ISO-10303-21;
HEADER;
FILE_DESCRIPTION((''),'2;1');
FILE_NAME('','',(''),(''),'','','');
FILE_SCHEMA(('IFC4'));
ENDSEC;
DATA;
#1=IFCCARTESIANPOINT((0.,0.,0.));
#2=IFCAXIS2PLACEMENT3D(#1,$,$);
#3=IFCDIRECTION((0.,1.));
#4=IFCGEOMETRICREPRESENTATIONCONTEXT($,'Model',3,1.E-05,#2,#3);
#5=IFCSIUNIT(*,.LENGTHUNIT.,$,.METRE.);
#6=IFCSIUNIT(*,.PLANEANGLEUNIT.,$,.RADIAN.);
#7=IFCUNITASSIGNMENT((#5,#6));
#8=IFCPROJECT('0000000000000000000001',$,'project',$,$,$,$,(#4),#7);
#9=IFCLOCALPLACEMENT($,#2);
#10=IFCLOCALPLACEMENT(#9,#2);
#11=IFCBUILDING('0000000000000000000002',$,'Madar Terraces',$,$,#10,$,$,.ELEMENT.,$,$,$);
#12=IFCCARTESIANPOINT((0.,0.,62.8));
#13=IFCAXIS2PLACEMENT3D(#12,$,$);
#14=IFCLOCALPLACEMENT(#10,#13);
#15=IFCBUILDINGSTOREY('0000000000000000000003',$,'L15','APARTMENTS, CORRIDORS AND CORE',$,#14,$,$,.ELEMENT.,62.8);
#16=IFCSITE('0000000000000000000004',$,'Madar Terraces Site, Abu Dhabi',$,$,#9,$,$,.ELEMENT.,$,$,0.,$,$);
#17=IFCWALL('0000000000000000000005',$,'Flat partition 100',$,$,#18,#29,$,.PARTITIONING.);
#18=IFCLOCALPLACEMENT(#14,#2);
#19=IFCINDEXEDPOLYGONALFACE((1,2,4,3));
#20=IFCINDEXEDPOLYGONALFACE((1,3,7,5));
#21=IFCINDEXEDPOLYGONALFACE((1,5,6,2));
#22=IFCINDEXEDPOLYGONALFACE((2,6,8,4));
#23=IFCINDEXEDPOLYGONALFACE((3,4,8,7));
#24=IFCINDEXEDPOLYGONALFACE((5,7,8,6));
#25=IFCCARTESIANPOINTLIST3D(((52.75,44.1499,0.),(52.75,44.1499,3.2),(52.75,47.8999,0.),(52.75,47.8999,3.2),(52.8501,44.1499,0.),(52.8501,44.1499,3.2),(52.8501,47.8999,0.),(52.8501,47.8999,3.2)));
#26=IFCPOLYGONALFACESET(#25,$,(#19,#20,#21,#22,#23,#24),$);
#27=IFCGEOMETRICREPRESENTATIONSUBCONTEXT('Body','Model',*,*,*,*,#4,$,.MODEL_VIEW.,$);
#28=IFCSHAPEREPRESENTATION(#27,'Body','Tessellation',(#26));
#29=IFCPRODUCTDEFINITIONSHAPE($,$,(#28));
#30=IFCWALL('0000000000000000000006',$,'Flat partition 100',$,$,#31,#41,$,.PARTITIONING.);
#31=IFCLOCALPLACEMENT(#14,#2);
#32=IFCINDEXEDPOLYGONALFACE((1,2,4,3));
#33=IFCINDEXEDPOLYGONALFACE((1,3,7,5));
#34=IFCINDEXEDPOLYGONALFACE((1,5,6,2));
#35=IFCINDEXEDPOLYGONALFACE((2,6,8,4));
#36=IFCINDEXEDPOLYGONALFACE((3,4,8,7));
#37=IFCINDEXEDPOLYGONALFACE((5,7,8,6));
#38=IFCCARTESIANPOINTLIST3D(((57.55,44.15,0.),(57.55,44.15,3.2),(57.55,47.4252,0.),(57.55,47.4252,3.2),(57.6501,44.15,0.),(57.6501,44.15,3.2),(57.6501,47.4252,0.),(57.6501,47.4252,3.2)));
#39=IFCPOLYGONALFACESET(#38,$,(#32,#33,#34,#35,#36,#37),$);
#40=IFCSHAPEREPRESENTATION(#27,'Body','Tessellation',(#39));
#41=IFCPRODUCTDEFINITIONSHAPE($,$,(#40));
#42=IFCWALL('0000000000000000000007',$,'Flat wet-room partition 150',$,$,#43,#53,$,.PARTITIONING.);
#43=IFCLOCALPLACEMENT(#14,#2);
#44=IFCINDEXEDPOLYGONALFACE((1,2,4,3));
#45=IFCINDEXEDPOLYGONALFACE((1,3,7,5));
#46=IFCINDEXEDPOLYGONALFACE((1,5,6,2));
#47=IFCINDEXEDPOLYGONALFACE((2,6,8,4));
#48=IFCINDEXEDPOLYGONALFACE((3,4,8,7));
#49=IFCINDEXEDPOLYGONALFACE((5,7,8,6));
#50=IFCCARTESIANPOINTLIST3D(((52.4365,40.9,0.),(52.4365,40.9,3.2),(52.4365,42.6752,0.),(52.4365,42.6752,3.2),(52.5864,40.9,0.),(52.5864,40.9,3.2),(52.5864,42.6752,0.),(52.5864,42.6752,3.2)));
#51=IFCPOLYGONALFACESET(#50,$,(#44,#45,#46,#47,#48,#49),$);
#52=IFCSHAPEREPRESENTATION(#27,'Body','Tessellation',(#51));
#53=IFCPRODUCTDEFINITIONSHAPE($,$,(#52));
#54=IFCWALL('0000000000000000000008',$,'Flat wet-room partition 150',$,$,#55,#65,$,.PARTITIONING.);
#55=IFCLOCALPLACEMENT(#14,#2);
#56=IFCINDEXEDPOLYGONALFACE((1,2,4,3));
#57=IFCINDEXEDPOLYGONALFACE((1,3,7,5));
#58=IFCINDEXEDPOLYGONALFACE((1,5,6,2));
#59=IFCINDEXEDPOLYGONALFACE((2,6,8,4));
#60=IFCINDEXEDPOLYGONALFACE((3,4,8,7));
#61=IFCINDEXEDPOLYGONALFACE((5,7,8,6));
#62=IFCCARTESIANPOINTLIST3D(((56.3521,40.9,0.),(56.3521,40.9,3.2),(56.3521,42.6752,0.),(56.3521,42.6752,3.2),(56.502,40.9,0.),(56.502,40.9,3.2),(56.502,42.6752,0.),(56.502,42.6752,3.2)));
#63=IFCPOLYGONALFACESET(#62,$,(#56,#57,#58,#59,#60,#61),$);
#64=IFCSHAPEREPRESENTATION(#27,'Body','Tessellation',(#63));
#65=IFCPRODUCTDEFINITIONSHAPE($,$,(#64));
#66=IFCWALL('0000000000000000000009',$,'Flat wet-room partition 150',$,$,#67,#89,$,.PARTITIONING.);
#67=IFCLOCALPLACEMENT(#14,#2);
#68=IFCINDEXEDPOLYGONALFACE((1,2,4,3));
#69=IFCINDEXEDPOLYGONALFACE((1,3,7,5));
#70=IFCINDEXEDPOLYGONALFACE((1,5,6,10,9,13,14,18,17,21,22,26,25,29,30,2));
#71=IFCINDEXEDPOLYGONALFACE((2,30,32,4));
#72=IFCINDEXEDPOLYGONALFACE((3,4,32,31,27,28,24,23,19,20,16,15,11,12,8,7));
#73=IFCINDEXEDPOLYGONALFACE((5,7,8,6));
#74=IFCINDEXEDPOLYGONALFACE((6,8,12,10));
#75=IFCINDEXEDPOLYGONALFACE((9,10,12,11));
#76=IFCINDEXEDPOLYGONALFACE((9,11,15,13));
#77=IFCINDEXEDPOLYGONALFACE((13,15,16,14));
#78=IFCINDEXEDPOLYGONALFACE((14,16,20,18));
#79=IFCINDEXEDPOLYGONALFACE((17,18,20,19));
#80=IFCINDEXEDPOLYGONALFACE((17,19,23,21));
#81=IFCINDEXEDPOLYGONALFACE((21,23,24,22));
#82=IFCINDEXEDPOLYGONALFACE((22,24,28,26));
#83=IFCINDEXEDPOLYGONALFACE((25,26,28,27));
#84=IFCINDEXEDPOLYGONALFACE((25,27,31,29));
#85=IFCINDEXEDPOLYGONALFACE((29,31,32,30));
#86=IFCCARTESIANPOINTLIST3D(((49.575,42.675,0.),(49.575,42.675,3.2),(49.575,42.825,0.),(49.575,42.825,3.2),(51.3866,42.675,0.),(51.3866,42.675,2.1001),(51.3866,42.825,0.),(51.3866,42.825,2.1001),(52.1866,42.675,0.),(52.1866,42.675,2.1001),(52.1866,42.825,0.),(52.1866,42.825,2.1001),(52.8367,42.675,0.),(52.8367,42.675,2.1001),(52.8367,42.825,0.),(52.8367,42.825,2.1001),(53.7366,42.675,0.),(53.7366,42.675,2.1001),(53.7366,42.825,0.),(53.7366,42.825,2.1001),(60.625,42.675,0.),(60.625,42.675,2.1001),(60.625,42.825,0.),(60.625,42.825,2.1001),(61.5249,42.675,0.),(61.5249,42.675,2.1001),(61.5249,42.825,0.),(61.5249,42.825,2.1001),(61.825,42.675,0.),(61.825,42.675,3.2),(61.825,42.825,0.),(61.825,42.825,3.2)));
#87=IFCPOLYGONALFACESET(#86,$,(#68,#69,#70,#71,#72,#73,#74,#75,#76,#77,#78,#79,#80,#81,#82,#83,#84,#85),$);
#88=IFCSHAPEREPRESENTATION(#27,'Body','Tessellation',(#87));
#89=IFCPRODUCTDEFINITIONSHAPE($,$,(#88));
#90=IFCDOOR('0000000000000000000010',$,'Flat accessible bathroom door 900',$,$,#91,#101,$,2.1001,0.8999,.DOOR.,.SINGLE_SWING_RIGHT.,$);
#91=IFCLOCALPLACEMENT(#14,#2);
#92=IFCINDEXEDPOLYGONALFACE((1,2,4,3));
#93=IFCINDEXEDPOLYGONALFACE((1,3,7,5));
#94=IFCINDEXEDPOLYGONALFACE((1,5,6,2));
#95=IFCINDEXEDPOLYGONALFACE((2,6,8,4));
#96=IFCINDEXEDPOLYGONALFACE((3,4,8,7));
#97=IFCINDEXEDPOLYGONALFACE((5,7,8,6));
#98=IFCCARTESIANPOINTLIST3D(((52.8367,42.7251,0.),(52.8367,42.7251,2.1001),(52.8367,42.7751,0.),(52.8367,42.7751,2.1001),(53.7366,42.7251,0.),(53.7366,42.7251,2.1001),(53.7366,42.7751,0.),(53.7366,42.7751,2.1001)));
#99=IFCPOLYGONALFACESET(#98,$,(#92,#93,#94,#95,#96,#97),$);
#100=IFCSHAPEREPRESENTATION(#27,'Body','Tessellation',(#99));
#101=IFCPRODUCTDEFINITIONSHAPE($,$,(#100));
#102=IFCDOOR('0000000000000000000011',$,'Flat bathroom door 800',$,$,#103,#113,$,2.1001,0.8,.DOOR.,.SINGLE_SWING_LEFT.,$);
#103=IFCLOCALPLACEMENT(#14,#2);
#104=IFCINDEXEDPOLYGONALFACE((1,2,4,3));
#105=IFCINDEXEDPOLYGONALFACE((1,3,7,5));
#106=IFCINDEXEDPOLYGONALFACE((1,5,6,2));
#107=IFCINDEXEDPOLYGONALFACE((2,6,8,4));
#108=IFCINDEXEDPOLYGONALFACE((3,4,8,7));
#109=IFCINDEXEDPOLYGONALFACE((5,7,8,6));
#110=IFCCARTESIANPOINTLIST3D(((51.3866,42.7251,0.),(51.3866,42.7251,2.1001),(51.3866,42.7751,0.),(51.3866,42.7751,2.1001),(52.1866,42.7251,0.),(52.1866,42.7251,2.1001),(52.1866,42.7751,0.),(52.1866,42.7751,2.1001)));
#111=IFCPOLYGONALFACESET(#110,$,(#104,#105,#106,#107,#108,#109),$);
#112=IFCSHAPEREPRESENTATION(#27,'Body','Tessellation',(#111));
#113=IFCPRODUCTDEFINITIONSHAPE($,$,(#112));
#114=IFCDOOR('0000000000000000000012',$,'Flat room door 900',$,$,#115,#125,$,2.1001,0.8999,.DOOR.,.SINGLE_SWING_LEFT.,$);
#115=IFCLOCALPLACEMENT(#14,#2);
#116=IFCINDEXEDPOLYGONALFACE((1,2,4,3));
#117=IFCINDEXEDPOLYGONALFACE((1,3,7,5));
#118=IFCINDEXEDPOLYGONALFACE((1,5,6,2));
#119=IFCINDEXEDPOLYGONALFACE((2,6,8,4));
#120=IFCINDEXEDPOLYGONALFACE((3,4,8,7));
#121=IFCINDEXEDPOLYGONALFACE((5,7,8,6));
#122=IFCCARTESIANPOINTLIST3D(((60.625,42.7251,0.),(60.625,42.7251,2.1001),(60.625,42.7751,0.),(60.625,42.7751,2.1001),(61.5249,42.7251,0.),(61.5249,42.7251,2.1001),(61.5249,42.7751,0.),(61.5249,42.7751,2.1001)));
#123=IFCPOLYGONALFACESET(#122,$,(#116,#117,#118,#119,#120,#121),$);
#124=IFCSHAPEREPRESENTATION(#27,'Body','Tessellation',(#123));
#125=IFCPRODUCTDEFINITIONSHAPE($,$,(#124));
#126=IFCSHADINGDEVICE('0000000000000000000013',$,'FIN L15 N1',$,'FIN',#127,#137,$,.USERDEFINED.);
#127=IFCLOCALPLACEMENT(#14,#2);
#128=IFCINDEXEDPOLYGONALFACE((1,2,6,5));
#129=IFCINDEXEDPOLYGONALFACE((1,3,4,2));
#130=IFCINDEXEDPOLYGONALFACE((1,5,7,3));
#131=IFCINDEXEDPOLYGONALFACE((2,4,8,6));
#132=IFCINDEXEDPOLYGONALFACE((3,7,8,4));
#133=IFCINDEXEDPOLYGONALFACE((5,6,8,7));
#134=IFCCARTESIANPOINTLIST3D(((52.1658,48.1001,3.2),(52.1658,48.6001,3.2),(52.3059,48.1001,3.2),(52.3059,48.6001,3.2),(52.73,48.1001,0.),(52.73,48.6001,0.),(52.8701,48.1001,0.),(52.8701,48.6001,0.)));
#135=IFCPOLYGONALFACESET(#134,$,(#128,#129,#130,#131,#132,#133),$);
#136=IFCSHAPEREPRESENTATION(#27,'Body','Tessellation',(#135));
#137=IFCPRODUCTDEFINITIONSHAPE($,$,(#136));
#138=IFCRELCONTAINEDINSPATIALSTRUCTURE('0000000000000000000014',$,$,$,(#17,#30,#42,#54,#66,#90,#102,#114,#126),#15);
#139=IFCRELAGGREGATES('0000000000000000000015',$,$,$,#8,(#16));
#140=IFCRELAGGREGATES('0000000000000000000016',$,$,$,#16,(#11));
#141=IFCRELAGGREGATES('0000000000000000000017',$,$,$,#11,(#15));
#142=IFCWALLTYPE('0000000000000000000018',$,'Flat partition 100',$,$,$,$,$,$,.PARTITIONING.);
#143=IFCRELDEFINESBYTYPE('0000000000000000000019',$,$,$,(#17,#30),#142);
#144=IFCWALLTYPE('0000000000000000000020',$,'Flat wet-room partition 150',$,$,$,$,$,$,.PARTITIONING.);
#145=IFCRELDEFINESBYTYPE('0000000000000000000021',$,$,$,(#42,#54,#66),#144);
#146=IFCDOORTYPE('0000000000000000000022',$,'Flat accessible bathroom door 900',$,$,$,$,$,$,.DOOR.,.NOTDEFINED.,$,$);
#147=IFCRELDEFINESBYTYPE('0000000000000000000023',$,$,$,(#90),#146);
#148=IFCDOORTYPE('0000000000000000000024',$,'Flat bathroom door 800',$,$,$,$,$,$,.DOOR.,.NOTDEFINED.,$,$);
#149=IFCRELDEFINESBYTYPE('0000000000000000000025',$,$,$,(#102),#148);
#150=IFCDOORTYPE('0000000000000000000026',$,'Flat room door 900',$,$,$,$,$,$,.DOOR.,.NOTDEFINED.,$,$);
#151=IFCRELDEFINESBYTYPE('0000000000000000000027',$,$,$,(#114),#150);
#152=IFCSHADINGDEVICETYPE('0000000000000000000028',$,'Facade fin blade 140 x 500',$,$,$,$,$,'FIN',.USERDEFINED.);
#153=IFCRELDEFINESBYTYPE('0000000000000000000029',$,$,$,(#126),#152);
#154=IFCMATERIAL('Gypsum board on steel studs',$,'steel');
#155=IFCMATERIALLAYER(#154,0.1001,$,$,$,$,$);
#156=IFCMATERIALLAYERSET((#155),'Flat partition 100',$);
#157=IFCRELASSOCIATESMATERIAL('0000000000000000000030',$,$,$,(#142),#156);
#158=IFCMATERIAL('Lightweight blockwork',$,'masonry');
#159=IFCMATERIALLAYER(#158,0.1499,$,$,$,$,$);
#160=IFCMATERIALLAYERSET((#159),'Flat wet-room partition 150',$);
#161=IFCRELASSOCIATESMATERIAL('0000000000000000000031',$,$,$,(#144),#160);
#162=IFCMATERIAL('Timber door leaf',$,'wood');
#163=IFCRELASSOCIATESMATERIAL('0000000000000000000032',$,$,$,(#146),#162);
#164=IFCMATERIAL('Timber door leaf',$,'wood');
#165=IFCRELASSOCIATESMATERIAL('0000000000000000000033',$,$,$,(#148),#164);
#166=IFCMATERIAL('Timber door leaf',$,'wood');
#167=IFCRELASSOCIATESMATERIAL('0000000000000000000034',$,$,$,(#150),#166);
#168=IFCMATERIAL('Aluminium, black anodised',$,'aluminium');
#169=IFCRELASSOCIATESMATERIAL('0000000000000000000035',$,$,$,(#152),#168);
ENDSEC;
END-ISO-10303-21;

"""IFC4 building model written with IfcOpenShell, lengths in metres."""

from ifc_helpers import new_model, si_unit, direction, frame, frame_2d, origin, place, context, subcontext, project, spatial, polyline, rectangle, outline, extrude, material, layer, layer_set, type_object, element, fill, save


model = new_model("IFC4")

# Units and contexts
model_context = context("Model", 3, precision=1e-05, world=origin(), true_north=direction((0.0, 1.0)))
body_context = subcontext(model_context, "Body", "Model", "MODEL_VIEW")
ifc_project = project(units=[si_unit("LENGTHUNIT", "METRE"), si_unit("PLANEANGLEUNIT", "RADIAN")], contexts=[model_context])

# Site, building, storey
site_placement = place(None, origin())
site = spatial("IfcSite", under=ifc_project, at=site_placement, Name="Madar Terraces Site, Abu Dhabi", CompositionType="ELEMENT", RefElevation=0.0)
building_placement = place(site_placement, origin())
building = spatial("IfcBuilding", under=site, at=building_placement, Name="Madar Terraces", CompositionType="ELEMENT")
storey_placement = place(building_placement, frame((0.0, 0.0, 62.8)))
storey = spatial("IfcBuildingStorey", under=building, at=storey_placement, Name="L15", Description="APARTMENTS, CORRIDORS AND CORE", CompositionType="ELEMENT", Elevation=62.8)

# Walls
ifc_material_1 = material(Name="Gypsum board on steel studs", Category="steel")
ifc_layer_1 = layer(ifc_material_1, 0.1001)
ifc_layer_set_1 = layer_set([ifc_layer_1], Name="Flat partition 100")
wall_type_1 = type_object("IfcWallType", Name="Flat partition 100", PredefinedType="PARTITIONING", material=ifc_layer_set_1)
wall_1_placement = place(storey_placement, frame((52.8, 44.1499, 0.0), z_axis=(0.0, 0.0, 1.0), x_axis=(0.0, 1.0, 0.0)))
element("IfcWall", 1, at=wall_1_placement, inside=storey, type_object=wall_type_1, Name="Flat partition 100", PredefinedType="PARTITIONING", context=body_context, shape_type="SweptSolid", body=[
    extrude(rectangle(XDim=3.75, YDim=0.1001, at=frame_2d((1.875, 0.0))), origin(), (0.0, 0.0, 1.0), 3.2),
])
wall_2_placement = place(storey_placement, frame((57.6001, 44.1499, 0.0), z_axis=(0.0, 0.0, 1.0), x_axis=(0.0, 1.0, 0.0)))
element("IfcWall", 2, at=wall_2_placement, inside=storey, type_object=wall_type_1, Name="Flat partition 100", PredefinedType="PARTITIONING", context=body_context, shape_type="SweptSolid", body=[
    extrude(rectangle(XDim=3.2751, YDim=0.1001, at=frame_2d((1.6377, 0.0))), origin(), (0.0, 0.0, 1.0), 3.2),
])
ifc_material_2 = material(Name="Lightweight blockwork", Category="masonry")
ifc_layer_2 = layer(ifc_material_2, 0.1499)
ifc_layer_set_2 = layer_set([ifc_layer_2], Name="Flat wet-room partition 150")
wall_type_2 = type_object("IfcWallType", Name="Flat wet-room partition 150", PredefinedType="PARTITIONING", material=ifc_layer_set_2)
for number, where, z_axis, x_axis, name in (
    (3, (52.5115, 40.8999, 0.0), (0.0, 0.0, 1.0), (0.0, 1.0, 0.0), "Flat wet-room partition 150"),
    (4, (56.427, 40.8999, 0.0), (0.0, 0.0, 1.0), (0.0, 1.0, 0.0), "Flat wet-room partition 150"),
):
    element("IfcWall", number, at=place(storey_placement, frame(where, z_axis=z_axis, x_axis=x_axis)), inside=storey, type_object=wall_type_2, Name=name, PredefinedType="PARTITIONING", context=body_context, shape_type="SweptSolid", body=[
        extrude(rectangle(XDim=1.7751, YDim=0.1499, at=frame_2d((0.8877, 0.0))), origin(), (0.0, 0.0, 1.0), 3.2),
    ])

# Wall, openings, doors
wall_3_placement = place(storey_placement, frame((61.825, 42.75, 0.0), z_axis=(0.0, 0.0, 1.0), x_axis=(-1.0, 0.0, 0.0)))
wall_3 = element("IfcWall", 5, at=wall_3_placement, inside=storey, type_object=wall_type_2, Name="Flat wet-room partition 150", PredefinedType="PARTITIONING", context=body_context, shape_type="SweptSolid", body=[
    extrude(rectangle(XDim=12.25, YDim=0.1499, at=frame_2d((6.125, 0.0))), origin(), (0.0, 0.0, 1.0), 3.2),
])
opening_1_placement = place(wall_3_placement, frame((9.6384, 0.0, 0.0)))
opening_1 = element("IfcOpeningElement", 6, at=opening_1_placement, cuts=wall_3, PredefinedType="OPENING", context=body_context, shape_type="SweptSolid", body=[
    extrude(rectangle(XDim=0.8, YDim=2.1001, at=frame_2d((0.3999, 1.05))), frame((0.0, 0.085, 0.0), z_axis=(0.0, -1.0, 0.0), x_axis=(1.0, 0.0, 0.0)), (0.0, 0.0, 1.0), 0.1699),
])
opening_2_placement = place(wall_3_placement, frame((8.0884, 0.0, 0.0)))
opening_2 = element("IfcOpeningElement", 7, at=opening_2_placement, cuts=wall_3, PredefinedType="OPENING", context=body_context, shape_type="SweptSolid", body=[
    extrude(rectangle(XDim=0.8999, YDim=2.1001, at=frame_2d((0.45, 1.05))), frame((0.0, 0.085, 0.0), z_axis=(0.0, -1.0, 0.0), x_axis=(1.0, 0.0, 0.0)), (0.0, 0.0, 1.0), 0.1699),
])
opening_3_placement = place(wall_3_placement, frame((0.3, 0.0, 0.0)))
opening_3 = element("IfcOpeningElement", 8, at=opening_3_placement, cuts=wall_3, PredefinedType="OPENING", context=body_context, shape_type="SweptSolid", body=[
    extrude(rectangle(XDim=0.8999, YDim=2.1001, at=frame_2d((0.45, 1.05))), frame((0.0, 0.085, 0.0), z_axis=(0.0, -1.0, 0.0), x_axis=(1.0, 0.0, 0.0)), (0.0, 0.0, 1.0), 0.1699),
])
ifc_material_3 = material(Name="Timber door leaf", Category="wood")
door_type_1 = type_object("IfcDoorType", Name="Flat accessible bathroom door 900", OperationType="NOTDEFINED", PredefinedType="DOOR", material=ifc_material_3)
door_1_placement = place(opening_2_placement, origin())
door_1 = element("IfcDoor", 9, at=door_1_placement, inside=storey, type_object=door_type_1, Name="Flat accessible bathroom door 900", OperationType="SINGLE_SWING_RIGHT", OverallHeight=2.1001, OverallWidth=0.8999, PredefinedType="DOOR", context=body_context, shape_type="SweptSolid", body=[
    extrude(rectangle(XDim=0.8999, YDim=2.1001, at=frame_2d((0.45, 1.05))), frame((0.0, 0.0249, 0.0), z_axis=(0.0, -1.0, 0.0), x_axis=(1.0, 0.0, 0.0)), (0.0, 0.0, 1.0), 0.05),
])
fill(opening_2, door_1)
ifc_material_4 = material(Name="Timber door leaf", Category="wood")
door_type_2 = type_object("IfcDoorType", Name="Flat bathroom door 800", OperationType="NOTDEFINED", PredefinedType="DOOR", material=ifc_material_4)
door_2_placement = place(opening_1_placement, origin())
door_2 = element("IfcDoor", 10, at=door_2_placement, inside=storey, type_object=door_type_2, Name="Flat bathroom door 800", OperationType="SINGLE_SWING_LEFT", OverallHeight=2.1001, OverallWidth=0.8, PredefinedType="DOOR", context=body_context, shape_type="SweptSolid", body=[
    extrude(rectangle(XDim=0.8, YDim=2.1001, at=frame_2d((0.3999, 1.05))), frame((0.0, 0.0249, 0.0), z_axis=(0.0, -1.0, 0.0), x_axis=(1.0, 0.0, 0.0)), (0.0, 0.0, 1.0), 0.05),
])
fill(opening_1, door_2)
ifc_material_5 = material(Name="Timber door leaf", Category="wood")
door_type_3 = type_object("IfcDoorType", Name="Flat room door 900", OperationType="NOTDEFINED", PredefinedType="DOOR", material=ifc_material_5)
door_3_placement = place(opening_3_placement, origin())
door_3 = element("IfcDoor", 11, at=door_3_placement, inside=storey, type_object=door_type_3, Name="Flat room door 900", OperationType="SINGLE_SWING_LEFT", OverallHeight=2.1001, OverallWidth=0.8999, PredefinedType="DOOR", context=body_context, shape_type="SweptSolid", body=[
    extrude(rectangle(XDim=0.8999, YDim=2.1001, at=frame_2d((0.45, 1.05))), frame((0.0, 0.0249, 0.0), z_axis=(0.0, -1.0, 0.0), x_axis=(1.0, 0.0, 0.0)), (0.0, 0.0, 1.0), 0.05),
])
fill(opening_3, door_3)

# Shading device
ifc_material_6 = material(Name="Aluminium, black anodised", Category="aluminium")
shading_device_type = type_object("IfcShadingDeviceType", Name="Facade fin blade 140 x 500", ElementType="FIN", PredefinedType="USERDEFINED", material=ifc_material_6)
shading_device_placement = place(storey_placement, frame((52.8701, 48.3501, 0.0), z_axis=(0.0, 0.0, 1.0), x_axis=(-1.0, 0.0, 0.0)))
element("IfcShadingDevice", 12, at=shading_device_placement, inside=storey, type_object=shading_device_type, Name="FIN L15 N1", ObjectType="FIN", PredefinedType="USERDEFINED", context=body_context, shape_type="SweptSolid", body=[
    extrude(outline(polyline([(0.0, 0.0), (0.1401, 0.0), (0.7043, 3.2), (0.5642, 3.2), (0.0, 0.0)])), frame((0.0, 0.25, 0.0), z_axis=(0.0, -1.0, 0.0), x_axis=(1.0, 0.0, 0.0)), (0.0, 0.0, 1.0), 0.5),
])

save(model, "model.ifc")
